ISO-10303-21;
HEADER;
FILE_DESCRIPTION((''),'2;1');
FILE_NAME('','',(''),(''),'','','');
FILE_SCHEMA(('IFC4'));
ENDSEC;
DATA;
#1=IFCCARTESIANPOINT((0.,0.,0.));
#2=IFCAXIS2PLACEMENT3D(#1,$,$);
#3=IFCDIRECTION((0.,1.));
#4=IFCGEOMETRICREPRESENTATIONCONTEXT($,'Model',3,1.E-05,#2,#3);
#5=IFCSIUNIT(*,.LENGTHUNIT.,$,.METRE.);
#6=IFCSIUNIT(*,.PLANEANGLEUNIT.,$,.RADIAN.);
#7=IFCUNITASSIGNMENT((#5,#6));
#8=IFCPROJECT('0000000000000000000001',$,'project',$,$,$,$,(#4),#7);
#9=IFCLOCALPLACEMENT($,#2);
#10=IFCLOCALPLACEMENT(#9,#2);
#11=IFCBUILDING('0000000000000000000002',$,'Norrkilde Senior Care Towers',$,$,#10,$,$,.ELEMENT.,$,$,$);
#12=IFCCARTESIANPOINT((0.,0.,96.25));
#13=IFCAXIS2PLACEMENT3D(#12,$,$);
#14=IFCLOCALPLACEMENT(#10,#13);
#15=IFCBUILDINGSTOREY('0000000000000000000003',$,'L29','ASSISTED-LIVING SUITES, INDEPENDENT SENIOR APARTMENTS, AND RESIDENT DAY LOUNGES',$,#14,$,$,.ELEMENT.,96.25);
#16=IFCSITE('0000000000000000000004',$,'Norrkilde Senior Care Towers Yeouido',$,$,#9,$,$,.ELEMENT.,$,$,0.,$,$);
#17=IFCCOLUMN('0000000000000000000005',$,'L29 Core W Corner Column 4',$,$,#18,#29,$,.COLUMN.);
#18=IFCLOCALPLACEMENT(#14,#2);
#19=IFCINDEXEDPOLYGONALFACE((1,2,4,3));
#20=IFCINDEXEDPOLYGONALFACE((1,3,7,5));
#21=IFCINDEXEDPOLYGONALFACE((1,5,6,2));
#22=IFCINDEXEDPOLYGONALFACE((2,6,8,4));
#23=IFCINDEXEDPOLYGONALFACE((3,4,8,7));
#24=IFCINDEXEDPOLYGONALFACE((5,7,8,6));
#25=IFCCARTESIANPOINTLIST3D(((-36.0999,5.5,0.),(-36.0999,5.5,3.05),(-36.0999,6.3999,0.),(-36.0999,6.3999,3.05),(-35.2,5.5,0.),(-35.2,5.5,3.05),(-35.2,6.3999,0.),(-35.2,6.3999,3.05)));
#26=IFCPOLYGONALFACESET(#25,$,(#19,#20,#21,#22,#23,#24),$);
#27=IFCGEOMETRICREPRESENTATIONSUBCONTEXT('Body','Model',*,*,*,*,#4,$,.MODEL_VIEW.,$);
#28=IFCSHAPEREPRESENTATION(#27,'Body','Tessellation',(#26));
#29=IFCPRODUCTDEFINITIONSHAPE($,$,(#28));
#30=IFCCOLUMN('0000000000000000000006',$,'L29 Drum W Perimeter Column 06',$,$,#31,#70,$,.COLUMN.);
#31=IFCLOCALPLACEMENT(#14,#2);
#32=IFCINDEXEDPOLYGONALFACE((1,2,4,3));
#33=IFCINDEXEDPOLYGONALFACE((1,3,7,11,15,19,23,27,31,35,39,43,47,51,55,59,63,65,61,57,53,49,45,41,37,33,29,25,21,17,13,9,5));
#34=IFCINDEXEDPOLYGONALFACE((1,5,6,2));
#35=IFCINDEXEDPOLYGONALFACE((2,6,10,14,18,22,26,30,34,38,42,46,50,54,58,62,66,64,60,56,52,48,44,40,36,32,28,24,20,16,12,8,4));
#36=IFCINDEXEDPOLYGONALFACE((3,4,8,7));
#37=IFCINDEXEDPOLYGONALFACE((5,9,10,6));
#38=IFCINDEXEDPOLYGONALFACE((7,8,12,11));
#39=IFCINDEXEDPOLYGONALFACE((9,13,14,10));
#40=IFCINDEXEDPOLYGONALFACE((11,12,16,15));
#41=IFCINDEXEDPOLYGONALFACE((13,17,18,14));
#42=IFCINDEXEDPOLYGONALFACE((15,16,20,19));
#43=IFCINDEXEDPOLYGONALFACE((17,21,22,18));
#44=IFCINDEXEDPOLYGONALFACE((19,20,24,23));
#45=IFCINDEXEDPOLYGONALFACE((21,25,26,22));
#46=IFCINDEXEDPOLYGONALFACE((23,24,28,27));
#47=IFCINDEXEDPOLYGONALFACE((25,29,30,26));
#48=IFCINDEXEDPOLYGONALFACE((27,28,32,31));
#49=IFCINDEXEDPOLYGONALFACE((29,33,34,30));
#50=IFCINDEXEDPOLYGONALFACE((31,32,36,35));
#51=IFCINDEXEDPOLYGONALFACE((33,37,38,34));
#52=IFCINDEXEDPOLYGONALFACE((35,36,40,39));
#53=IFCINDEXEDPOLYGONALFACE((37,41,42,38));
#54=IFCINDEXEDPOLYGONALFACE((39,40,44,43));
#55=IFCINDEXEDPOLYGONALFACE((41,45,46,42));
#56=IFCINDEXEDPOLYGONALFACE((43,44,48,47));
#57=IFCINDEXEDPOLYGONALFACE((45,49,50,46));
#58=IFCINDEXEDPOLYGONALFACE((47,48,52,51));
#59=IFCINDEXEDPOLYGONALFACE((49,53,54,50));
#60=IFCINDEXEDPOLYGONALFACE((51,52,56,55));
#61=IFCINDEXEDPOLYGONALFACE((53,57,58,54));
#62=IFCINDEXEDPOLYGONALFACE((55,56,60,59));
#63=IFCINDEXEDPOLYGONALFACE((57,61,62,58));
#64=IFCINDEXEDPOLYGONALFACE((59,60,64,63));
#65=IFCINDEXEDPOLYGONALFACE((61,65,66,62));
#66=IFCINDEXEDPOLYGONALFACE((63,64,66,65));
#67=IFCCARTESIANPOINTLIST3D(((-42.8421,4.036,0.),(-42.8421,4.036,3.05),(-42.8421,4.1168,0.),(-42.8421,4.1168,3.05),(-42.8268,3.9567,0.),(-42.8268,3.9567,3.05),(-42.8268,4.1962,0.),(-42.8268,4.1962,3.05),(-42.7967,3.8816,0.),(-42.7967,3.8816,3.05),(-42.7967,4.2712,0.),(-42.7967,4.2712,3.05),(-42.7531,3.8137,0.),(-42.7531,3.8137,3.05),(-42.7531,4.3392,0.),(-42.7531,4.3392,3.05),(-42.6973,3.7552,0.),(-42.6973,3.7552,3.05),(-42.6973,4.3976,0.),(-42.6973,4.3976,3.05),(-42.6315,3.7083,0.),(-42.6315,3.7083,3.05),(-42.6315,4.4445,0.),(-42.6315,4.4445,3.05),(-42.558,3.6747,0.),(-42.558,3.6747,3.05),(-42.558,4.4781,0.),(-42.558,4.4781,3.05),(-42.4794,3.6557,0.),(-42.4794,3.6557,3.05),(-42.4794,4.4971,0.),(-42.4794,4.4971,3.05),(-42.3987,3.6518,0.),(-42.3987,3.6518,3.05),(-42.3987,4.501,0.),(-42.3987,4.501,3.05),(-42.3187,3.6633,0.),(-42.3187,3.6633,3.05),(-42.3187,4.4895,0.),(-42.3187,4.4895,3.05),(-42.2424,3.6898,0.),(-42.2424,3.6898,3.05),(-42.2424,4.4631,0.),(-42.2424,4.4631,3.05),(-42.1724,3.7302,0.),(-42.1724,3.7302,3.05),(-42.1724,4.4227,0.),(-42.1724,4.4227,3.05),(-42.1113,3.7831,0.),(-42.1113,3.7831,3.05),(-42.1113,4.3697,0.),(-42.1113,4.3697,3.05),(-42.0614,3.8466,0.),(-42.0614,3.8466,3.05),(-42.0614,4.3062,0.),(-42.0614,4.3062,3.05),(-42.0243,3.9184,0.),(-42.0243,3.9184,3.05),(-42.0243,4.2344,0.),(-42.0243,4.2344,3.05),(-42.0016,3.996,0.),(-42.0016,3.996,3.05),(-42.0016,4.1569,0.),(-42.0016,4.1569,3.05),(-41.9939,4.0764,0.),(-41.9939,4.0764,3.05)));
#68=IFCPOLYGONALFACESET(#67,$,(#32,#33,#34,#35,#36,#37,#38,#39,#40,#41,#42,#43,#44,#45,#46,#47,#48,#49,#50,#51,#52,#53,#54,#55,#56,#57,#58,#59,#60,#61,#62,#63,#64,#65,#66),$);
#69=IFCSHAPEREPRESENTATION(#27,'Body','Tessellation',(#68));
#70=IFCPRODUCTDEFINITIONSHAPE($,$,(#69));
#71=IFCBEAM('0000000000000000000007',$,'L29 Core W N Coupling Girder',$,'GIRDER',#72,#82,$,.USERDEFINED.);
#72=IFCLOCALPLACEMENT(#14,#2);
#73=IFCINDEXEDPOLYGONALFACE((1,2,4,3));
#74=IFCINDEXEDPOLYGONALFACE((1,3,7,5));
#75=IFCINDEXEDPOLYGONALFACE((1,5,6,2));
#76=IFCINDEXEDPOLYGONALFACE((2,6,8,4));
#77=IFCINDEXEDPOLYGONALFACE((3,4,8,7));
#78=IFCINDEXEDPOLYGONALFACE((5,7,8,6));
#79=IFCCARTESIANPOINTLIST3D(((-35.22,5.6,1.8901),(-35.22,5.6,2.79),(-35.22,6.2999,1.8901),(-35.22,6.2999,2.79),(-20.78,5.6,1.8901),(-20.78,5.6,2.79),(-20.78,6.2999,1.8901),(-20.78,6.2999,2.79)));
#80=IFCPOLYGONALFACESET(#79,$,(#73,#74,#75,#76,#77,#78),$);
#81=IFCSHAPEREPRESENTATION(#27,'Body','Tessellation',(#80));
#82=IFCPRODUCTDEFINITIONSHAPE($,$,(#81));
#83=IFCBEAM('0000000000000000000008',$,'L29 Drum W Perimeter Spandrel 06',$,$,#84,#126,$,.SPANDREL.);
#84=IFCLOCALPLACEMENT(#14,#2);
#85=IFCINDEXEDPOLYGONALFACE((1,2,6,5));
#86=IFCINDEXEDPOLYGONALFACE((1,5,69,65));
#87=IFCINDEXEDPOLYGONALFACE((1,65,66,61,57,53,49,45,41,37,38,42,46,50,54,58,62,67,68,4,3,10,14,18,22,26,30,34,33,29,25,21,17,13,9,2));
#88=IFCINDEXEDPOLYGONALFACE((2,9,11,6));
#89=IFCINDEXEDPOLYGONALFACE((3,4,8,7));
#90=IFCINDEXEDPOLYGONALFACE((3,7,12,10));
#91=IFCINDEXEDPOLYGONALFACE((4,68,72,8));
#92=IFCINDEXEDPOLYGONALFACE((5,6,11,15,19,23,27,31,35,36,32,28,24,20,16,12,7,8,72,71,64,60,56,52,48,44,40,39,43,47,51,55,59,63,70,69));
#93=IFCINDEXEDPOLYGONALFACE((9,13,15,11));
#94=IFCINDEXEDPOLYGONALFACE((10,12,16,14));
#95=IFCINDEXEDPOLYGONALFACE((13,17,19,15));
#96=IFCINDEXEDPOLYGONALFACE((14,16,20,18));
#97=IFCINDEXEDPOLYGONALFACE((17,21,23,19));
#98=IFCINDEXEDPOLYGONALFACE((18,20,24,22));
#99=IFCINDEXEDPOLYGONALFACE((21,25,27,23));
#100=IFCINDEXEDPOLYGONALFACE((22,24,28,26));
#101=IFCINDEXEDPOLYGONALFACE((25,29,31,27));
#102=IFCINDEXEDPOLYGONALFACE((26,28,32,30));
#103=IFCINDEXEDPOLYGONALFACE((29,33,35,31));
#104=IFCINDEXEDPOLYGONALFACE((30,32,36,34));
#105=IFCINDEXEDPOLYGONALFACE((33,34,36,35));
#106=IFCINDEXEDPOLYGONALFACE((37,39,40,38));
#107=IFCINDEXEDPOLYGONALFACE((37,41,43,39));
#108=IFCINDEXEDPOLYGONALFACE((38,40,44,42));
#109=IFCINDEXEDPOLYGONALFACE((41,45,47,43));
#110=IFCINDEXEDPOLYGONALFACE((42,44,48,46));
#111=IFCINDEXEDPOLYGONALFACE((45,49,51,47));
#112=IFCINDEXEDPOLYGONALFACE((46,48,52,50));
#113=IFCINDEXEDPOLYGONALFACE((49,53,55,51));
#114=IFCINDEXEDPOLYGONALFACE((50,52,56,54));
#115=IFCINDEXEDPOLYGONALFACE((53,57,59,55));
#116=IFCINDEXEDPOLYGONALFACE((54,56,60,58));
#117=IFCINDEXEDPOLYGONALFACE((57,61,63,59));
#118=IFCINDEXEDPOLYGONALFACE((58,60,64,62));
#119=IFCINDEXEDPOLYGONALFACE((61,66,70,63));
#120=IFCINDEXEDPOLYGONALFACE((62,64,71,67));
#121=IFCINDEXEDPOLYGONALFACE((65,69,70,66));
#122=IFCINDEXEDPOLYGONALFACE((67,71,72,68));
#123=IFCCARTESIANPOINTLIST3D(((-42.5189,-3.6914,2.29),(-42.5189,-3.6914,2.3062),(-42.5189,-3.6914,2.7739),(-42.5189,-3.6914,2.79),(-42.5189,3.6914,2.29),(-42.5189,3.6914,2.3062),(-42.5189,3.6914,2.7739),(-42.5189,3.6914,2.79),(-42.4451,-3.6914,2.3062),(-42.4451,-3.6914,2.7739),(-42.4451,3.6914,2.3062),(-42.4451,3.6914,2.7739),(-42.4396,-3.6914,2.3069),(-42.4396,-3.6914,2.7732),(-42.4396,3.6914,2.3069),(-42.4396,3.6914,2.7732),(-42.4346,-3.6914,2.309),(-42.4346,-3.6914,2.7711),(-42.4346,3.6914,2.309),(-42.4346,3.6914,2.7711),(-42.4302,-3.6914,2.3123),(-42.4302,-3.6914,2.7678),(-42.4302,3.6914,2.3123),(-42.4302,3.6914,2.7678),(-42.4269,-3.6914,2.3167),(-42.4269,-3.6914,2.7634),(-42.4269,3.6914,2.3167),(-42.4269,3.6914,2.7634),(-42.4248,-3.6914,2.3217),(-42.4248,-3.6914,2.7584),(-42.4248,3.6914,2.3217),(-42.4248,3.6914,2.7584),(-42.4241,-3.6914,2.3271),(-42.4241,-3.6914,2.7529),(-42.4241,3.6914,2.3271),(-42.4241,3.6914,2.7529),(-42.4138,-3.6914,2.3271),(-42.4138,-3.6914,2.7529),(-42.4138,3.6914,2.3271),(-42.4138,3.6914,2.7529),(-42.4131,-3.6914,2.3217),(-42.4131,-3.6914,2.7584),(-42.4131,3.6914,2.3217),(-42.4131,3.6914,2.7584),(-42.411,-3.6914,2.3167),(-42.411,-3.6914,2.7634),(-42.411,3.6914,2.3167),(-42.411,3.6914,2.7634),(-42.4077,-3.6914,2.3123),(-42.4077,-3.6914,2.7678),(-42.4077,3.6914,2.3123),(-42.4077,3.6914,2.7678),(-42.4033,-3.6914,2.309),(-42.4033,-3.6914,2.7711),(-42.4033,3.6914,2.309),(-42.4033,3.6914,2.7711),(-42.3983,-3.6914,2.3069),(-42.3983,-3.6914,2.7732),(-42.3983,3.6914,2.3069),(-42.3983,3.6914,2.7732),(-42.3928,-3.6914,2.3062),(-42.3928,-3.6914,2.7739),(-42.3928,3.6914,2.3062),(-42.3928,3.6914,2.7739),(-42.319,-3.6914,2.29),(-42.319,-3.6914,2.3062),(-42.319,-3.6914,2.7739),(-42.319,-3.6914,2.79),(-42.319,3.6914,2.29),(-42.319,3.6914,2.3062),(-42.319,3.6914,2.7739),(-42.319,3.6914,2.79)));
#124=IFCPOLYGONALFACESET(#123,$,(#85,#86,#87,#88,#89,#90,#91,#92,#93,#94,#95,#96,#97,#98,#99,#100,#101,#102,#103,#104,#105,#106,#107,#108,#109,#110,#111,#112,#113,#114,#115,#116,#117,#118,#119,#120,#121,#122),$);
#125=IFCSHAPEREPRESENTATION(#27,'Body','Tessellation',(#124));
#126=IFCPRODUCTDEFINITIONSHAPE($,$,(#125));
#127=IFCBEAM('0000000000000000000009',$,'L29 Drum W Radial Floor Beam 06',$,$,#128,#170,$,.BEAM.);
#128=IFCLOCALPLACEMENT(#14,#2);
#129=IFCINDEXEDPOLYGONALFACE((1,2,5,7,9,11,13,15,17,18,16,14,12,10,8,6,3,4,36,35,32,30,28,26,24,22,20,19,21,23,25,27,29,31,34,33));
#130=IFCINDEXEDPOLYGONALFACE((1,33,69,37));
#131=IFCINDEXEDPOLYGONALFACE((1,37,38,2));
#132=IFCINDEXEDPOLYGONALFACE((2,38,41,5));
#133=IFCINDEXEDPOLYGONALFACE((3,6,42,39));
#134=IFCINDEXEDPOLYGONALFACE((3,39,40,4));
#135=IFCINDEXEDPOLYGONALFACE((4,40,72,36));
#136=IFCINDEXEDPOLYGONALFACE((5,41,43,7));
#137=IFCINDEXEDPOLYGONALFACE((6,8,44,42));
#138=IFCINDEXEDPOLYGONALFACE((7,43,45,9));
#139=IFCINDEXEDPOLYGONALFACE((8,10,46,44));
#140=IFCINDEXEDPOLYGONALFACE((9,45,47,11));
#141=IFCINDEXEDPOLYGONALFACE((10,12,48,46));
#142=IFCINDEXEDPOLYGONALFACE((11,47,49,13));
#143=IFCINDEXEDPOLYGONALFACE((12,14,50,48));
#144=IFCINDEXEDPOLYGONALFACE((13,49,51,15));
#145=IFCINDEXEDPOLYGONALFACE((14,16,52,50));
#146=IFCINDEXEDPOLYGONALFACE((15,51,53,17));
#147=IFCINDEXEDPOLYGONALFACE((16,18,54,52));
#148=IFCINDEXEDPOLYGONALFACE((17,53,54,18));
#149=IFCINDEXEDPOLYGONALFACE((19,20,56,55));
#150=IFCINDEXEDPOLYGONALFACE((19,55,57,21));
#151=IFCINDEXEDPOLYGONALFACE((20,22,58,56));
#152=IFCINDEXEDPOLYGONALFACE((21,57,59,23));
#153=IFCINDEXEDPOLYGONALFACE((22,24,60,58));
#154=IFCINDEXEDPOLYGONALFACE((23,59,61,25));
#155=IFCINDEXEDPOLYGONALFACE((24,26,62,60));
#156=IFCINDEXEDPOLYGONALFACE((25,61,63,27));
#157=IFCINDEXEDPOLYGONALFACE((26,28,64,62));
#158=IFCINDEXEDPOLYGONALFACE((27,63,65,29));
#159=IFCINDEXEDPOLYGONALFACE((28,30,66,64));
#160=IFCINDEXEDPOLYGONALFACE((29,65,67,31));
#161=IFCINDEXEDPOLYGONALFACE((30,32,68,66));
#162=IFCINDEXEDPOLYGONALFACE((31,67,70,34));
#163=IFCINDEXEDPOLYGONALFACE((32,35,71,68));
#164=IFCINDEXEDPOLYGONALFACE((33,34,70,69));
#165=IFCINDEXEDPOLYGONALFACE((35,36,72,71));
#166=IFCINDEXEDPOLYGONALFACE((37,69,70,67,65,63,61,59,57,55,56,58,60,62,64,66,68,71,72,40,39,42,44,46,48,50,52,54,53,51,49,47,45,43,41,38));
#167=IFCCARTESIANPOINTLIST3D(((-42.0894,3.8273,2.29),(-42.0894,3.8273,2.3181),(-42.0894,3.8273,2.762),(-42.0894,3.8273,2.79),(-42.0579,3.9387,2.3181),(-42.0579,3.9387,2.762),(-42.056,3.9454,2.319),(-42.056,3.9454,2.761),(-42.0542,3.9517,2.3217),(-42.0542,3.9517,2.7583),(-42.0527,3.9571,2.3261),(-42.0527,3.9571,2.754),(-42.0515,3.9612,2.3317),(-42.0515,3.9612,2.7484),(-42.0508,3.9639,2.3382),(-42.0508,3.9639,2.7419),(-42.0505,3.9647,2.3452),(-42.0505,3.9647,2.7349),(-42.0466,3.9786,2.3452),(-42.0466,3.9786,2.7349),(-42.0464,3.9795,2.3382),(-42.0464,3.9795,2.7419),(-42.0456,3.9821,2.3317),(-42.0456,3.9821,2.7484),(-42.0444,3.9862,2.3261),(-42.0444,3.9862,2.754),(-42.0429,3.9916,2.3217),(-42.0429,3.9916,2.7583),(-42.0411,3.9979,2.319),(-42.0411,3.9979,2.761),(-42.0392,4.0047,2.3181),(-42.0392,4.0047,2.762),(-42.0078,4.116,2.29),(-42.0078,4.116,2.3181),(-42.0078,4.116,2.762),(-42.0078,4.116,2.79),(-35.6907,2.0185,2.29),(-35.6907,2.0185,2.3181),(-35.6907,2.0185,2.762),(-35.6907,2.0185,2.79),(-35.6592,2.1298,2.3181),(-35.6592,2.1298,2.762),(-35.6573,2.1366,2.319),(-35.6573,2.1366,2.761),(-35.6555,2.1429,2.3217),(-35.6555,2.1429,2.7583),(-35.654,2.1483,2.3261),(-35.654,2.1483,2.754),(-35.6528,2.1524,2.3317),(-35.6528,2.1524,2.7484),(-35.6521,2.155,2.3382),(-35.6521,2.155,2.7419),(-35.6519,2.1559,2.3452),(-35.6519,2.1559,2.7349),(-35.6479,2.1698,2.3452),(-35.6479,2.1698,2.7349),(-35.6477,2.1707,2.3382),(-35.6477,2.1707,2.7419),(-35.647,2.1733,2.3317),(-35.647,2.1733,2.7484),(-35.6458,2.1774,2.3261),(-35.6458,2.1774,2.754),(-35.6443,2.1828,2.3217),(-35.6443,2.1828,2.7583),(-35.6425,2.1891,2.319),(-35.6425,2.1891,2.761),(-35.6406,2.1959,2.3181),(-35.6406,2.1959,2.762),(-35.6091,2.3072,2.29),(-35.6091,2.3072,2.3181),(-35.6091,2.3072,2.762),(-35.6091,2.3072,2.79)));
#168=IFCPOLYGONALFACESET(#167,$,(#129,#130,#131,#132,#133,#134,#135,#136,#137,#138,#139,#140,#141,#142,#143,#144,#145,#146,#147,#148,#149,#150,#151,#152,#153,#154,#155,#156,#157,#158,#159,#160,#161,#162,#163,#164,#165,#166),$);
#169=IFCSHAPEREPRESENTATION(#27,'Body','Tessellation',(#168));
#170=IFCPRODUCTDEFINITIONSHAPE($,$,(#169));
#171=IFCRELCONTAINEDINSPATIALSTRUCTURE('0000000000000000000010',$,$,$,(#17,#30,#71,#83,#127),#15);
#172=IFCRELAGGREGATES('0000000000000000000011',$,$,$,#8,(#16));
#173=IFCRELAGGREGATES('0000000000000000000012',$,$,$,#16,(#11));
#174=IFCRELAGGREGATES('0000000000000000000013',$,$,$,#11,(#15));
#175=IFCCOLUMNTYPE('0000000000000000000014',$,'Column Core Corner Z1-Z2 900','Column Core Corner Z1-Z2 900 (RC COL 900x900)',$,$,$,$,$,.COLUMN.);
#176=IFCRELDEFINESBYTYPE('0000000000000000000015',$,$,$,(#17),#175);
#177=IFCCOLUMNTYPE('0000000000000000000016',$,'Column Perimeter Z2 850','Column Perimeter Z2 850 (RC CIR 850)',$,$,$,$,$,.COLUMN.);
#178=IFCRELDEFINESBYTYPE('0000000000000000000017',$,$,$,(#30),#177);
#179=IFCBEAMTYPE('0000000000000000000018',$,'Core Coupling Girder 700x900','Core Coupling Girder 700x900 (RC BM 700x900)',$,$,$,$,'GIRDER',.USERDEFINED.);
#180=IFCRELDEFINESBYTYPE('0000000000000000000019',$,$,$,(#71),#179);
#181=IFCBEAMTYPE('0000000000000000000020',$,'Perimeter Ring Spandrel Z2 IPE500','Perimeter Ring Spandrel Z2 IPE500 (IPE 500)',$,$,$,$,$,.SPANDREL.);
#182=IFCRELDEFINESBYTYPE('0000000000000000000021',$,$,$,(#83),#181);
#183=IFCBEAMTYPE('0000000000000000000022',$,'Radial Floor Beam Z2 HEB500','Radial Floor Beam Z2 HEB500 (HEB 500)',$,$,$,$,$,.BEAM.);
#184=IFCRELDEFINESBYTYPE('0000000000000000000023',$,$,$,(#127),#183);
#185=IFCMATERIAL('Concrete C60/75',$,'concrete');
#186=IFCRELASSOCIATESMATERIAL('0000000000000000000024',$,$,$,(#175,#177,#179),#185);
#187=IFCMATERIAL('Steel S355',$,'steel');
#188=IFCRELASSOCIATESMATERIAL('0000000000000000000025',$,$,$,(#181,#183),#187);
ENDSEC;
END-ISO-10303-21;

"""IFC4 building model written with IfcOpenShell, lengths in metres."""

from ifc_helpers import new_model, si_unit, direction, frame, origin, origin_2d, place, context, subcontext, project, spatial, rectangle, circle, i_section, extrude, source, transform, mapped, material, material_profile, profile_set, type_object, type_shapes, element, save


model = new_model("IFC4")

# Units and contexts
model_context = context("Model", 3, precision=1e-05, world=origin(), true_north=direction((0.0, 1.0)))
body_context = subcontext(model_context, "Body", "Model", "MODEL_VIEW")
ifc_project = project(units=[si_unit("LENGTHUNIT", "METRE"), si_unit("PLANEANGLEUNIT", "RADIAN")], contexts=[model_context])

# Site, building, storey
site_placement = place(None, origin())
site = spatial("IfcSite", under=ifc_project, at=site_placement, Name="Norrkilde Senior Care Towers Yeouido", CompositionType="ELEMENT", RefElevation=0.0)
building_placement = place(site_placement, origin())
building = spatial("IfcBuilding", under=site, at=building_placement, Name="Norrkilde Senior Care Towers", CompositionType="ELEMENT")
storey_placement = place(building_placement, frame((0.0, 0.0, 96.25)))
storey = spatial("IfcBuildingStorey", under=building, at=storey_placement, Name="L29", Description="ASSISTED-LIVING SUITES, INDEPENDENT SENIOR APARTMENTS, AND RESIDENT DAY LOUNGES", CompositionType="ELEMENT", Elevation=96.25)

# Columns
ifc_material_1 = material(Name="Concrete C60/75", Category="concrete")
ifc_material_profile_1 = material_profile(ifc_material_1, rectangle(XDim=0.8999, YDim=0.8999, at=origin_2d()), Name="RC COL 900x900")
ifc_profile_set_1 = profile_set([ifc_material_profile_1], Name="Concrete C60/75")
column_type_1 = type_object("IfcColumnType", Name="Column Core Corner Z1-Z2 900", Description="Column Core Corner Z1-Z2 900 (RC COL 900x900)", PredefinedType="COLUMN", material=ifc_profile_set_1)
shared_shape_1 = source(origin(), body_context, "Body", "SweptSolid", [
    extrude(rectangle(XDim=0.8999, YDim=0.8999, at=origin_2d()), origin(), (0.0, 0.0, 1.0), 3.05),
])
type_shapes(column_type_1, [shared_shape_1])
column_1_placement = place(storey_placement, frame((-35.6499, 5.95, 0.0), z_axis=(0.0, 0.0, 1.0), x_axis=(1.0, 0.0, 0.0)))
element("IfcColumn", 1, at=column_1_placement, inside=storey, type_object=column_type_1, Name="L29 Core W Corner Column 4", PredefinedType="COLUMN", context=body_context, shape_type="MappedRepresentation", body=[
    mapped(shared_shape_1, transform((0.0, 0.0, 0.0), x_axis=(1.0, 0.0, 0.0), y_axis=(0.0, 1.0, 0.0), z_axis=(0.0, 0.0, 1.0), scale=1.0)),
])
ifc_material_profile_2 = material_profile(ifc_material_1, circle(Radius=0.425, at=origin_2d()), Name="RC CIR 850")
ifc_profile_set_2 = profile_set([ifc_material_profile_2], Name="Concrete C60/75")
column_type_2 = type_object("IfcColumnType", Name="Column Perimeter Z2 850", Description="Column Perimeter Z2 850 (RC CIR 850)", PredefinedType="COLUMN", material=ifc_profile_set_2)
shared_shape_2 = source(origin(), body_context, "Body", "SweptSolid", [
    extrude(circle(Radius=0.425, at=origin_2d()), origin(), (0.0, 0.0, 1.0), 3.05),
])
type_shapes(column_type_2, [shared_shape_2])
column_2_placement = place(storey_placement, frame((-42.4189, 4.0764, 0.0), z_axis=(0.0, 0.0, 1.0), x_axis=(1.0, 0.0, 0.0)))
element("IfcColumn", 2, at=column_2_placement, inside=storey, type_object=column_type_2, Name="L29 Drum W Perimeter Column 06", PredefinedType="COLUMN", context=body_context, shape_type="MappedRepresentation", body=[
    mapped(shared_shape_2, transform((0.0, 0.0, 0.0), x_axis=(1.0, 0.0, 0.0), y_axis=(0.0, 1.0, 0.0), z_axis=(0.0, 0.0, 1.0), scale=1.0)),
])

# Beams
ifc_material_profile_3 = material_profile(ifc_material_1, rectangle(XDim=0.7, YDim=0.8999, at=origin_2d()), Name="RC BM 700x900")
ifc_profile_set_3 = profile_set([ifc_material_profile_3], Name="Concrete C60/75")
beam_type_1 = type_object("IfcBeamType", Name="Core Coupling Girder 700x900", Description="Core Coupling Girder 700x900 (RC BM 700x900)", ElementType="GIRDER", PredefinedType="USERDEFINED", material=ifc_profile_set_3)
shared_shape_3 = source(origin(), body_context, "Body", "SweptSolid", [
    extrude(rectangle(XDim=0.7, YDim=0.8999, at=origin_2d()), origin(), (0.0, 0.0, 1.0), 14.4399),
])
type_shapes(beam_type_1, [shared_shape_3])
beam_1_placement = place(storey_placement, frame((-35.22, 5.95, 2.3401), z_axis=(1.0, 0.0, 0.0), x_axis=(0.0, 1.0, 0.0)))
element("IfcBeam", 3, at=beam_1_placement, inside=storey, type_object=beam_type_1, Name="L29 Core W N Coupling Girder", ObjectType="GIRDER", PredefinedType="USERDEFINED", context=body_context, shape_type="MappedRepresentation", body=[
    mapped(shared_shape_3, transform((0.0, 0.0, 0.0), x_axis=(1.0, 0.0, 0.0), y_axis=(0.0, 1.0, 0.0), z_axis=(0.0, 0.0, 1.0), scale=1.0)),
])
ifc_material_2 = material(Name="Steel S355", Category="steel")
ifc_material_profile_4 = material_profile(ifc_material_2, i_section(OverallWidth=0.2, OverallDepth=0.5, WebThickness=0.0103, FlangeThickness=0.0161, FilletRadius=0.021, at=origin_2d()), Name="IPE 500")
ifc_profile_set_4 = profile_set([ifc_material_profile_4], Name="Steel S355")
beam_type_2 = type_object("IfcBeamType", Name="Perimeter Ring Spandrel Z2 IPE500", Description="Perimeter Ring Spandrel Z2 IPE500 (IPE 500)", PredefinedType="SPANDREL", material=ifc_profile_set_4)
shared_shape_4 = source(origin(), body_context, "Body", "SweptSolid", [
    extrude(i_section(OverallWidth=0.2, OverallDepth=0.5, WebThickness=0.0103, FlangeThickness=0.0161, FilletRadius=0.021, at=origin_2d()), origin(), (0.0, 0.0, 1.0), 7.3828),
])
type_shapes(beam_type_2, [shared_shape_4])
beam_2_placement = place(storey_placement, frame((-42.4189, 3.6914, 2.54), z_axis=(0.0, -1.0, 0.0), x_axis=(1.0, 0.0, 0.0)))
element("IfcBeam", 4, at=beam_2_placement, inside=storey, type_object=beam_type_2, Name="L29 Drum W Perimeter Spandrel 06", PredefinedType="SPANDREL", context=body_context, shape_type="MappedRepresentation", body=[
    mapped(shared_shape_4, transform((0.0, 0.0, 0.0), x_axis=(1.0, 0.0, 0.0), y_axis=(0.0, 1.0, 0.0), z_axis=(0.0, 0.0, 1.0), scale=1.0)),
])
ifc_material_profile_5 = material_profile(ifc_material_2, i_section(OverallWidth=0.3, OverallDepth=0.5, WebThickness=0.0144, FlangeThickness=0.0281, FilletRadius=0.0271, at=origin_2d()), Name="HEB 500")
ifc_profile_set_5 = profile_set([ifc_material_profile_5], Name="Steel S355")
beam_type_3 = type_object("IfcBeamType", Name="Radial Floor Beam Z2 HEB500", Description="Radial Floor Beam Z2 HEB500 (HEB 500)", PredefinedType="BEAM", material=ifc_profile_set_5)
shared_shape_5 = source(origin(), body_context, "Body", "SweptSolid", [
    extrude(i_section(OverallWidth=0.3, OverallDepth=0.5, WebThickness=0.0144, FlangeThickness=0.0281, FilletRadius=0.0271, at=origin_2d()), origin(), (0.0, 0.0, 1.0), 6.6494),
])
type_shapes(beam_type_3, [shared_shape_5])
for number, where, z_axis, x_axis, name in (
    (5, (-35.6499, 2.1628, 2.54), (-0.962289, 0.272029, 0.0), (-0.272029, -0.962289, 0.0), "L29 Drum W Radial Floor Beam 06"),
):
    element("IfcBeam", number, at=place(storey_placement, frame(where, z_axis=z_axis, x_axis=x_axis)), inside=storey, type_object=beam_type_3, Name=name, PredefinedType="BEAM", context=body_context, shape_type="MappedRepresentation", body=[
        mapped(shared_shape_5, transform((0.0, 0.0, 0.0), x_axis=(1.0, 0.0, 0.0), y_axis=(0.0, 1.0, 0.0), z_axis=(0.0, 0.0, 1.0), scale=1.0)),
    ])

save(model, "model.ifc")
